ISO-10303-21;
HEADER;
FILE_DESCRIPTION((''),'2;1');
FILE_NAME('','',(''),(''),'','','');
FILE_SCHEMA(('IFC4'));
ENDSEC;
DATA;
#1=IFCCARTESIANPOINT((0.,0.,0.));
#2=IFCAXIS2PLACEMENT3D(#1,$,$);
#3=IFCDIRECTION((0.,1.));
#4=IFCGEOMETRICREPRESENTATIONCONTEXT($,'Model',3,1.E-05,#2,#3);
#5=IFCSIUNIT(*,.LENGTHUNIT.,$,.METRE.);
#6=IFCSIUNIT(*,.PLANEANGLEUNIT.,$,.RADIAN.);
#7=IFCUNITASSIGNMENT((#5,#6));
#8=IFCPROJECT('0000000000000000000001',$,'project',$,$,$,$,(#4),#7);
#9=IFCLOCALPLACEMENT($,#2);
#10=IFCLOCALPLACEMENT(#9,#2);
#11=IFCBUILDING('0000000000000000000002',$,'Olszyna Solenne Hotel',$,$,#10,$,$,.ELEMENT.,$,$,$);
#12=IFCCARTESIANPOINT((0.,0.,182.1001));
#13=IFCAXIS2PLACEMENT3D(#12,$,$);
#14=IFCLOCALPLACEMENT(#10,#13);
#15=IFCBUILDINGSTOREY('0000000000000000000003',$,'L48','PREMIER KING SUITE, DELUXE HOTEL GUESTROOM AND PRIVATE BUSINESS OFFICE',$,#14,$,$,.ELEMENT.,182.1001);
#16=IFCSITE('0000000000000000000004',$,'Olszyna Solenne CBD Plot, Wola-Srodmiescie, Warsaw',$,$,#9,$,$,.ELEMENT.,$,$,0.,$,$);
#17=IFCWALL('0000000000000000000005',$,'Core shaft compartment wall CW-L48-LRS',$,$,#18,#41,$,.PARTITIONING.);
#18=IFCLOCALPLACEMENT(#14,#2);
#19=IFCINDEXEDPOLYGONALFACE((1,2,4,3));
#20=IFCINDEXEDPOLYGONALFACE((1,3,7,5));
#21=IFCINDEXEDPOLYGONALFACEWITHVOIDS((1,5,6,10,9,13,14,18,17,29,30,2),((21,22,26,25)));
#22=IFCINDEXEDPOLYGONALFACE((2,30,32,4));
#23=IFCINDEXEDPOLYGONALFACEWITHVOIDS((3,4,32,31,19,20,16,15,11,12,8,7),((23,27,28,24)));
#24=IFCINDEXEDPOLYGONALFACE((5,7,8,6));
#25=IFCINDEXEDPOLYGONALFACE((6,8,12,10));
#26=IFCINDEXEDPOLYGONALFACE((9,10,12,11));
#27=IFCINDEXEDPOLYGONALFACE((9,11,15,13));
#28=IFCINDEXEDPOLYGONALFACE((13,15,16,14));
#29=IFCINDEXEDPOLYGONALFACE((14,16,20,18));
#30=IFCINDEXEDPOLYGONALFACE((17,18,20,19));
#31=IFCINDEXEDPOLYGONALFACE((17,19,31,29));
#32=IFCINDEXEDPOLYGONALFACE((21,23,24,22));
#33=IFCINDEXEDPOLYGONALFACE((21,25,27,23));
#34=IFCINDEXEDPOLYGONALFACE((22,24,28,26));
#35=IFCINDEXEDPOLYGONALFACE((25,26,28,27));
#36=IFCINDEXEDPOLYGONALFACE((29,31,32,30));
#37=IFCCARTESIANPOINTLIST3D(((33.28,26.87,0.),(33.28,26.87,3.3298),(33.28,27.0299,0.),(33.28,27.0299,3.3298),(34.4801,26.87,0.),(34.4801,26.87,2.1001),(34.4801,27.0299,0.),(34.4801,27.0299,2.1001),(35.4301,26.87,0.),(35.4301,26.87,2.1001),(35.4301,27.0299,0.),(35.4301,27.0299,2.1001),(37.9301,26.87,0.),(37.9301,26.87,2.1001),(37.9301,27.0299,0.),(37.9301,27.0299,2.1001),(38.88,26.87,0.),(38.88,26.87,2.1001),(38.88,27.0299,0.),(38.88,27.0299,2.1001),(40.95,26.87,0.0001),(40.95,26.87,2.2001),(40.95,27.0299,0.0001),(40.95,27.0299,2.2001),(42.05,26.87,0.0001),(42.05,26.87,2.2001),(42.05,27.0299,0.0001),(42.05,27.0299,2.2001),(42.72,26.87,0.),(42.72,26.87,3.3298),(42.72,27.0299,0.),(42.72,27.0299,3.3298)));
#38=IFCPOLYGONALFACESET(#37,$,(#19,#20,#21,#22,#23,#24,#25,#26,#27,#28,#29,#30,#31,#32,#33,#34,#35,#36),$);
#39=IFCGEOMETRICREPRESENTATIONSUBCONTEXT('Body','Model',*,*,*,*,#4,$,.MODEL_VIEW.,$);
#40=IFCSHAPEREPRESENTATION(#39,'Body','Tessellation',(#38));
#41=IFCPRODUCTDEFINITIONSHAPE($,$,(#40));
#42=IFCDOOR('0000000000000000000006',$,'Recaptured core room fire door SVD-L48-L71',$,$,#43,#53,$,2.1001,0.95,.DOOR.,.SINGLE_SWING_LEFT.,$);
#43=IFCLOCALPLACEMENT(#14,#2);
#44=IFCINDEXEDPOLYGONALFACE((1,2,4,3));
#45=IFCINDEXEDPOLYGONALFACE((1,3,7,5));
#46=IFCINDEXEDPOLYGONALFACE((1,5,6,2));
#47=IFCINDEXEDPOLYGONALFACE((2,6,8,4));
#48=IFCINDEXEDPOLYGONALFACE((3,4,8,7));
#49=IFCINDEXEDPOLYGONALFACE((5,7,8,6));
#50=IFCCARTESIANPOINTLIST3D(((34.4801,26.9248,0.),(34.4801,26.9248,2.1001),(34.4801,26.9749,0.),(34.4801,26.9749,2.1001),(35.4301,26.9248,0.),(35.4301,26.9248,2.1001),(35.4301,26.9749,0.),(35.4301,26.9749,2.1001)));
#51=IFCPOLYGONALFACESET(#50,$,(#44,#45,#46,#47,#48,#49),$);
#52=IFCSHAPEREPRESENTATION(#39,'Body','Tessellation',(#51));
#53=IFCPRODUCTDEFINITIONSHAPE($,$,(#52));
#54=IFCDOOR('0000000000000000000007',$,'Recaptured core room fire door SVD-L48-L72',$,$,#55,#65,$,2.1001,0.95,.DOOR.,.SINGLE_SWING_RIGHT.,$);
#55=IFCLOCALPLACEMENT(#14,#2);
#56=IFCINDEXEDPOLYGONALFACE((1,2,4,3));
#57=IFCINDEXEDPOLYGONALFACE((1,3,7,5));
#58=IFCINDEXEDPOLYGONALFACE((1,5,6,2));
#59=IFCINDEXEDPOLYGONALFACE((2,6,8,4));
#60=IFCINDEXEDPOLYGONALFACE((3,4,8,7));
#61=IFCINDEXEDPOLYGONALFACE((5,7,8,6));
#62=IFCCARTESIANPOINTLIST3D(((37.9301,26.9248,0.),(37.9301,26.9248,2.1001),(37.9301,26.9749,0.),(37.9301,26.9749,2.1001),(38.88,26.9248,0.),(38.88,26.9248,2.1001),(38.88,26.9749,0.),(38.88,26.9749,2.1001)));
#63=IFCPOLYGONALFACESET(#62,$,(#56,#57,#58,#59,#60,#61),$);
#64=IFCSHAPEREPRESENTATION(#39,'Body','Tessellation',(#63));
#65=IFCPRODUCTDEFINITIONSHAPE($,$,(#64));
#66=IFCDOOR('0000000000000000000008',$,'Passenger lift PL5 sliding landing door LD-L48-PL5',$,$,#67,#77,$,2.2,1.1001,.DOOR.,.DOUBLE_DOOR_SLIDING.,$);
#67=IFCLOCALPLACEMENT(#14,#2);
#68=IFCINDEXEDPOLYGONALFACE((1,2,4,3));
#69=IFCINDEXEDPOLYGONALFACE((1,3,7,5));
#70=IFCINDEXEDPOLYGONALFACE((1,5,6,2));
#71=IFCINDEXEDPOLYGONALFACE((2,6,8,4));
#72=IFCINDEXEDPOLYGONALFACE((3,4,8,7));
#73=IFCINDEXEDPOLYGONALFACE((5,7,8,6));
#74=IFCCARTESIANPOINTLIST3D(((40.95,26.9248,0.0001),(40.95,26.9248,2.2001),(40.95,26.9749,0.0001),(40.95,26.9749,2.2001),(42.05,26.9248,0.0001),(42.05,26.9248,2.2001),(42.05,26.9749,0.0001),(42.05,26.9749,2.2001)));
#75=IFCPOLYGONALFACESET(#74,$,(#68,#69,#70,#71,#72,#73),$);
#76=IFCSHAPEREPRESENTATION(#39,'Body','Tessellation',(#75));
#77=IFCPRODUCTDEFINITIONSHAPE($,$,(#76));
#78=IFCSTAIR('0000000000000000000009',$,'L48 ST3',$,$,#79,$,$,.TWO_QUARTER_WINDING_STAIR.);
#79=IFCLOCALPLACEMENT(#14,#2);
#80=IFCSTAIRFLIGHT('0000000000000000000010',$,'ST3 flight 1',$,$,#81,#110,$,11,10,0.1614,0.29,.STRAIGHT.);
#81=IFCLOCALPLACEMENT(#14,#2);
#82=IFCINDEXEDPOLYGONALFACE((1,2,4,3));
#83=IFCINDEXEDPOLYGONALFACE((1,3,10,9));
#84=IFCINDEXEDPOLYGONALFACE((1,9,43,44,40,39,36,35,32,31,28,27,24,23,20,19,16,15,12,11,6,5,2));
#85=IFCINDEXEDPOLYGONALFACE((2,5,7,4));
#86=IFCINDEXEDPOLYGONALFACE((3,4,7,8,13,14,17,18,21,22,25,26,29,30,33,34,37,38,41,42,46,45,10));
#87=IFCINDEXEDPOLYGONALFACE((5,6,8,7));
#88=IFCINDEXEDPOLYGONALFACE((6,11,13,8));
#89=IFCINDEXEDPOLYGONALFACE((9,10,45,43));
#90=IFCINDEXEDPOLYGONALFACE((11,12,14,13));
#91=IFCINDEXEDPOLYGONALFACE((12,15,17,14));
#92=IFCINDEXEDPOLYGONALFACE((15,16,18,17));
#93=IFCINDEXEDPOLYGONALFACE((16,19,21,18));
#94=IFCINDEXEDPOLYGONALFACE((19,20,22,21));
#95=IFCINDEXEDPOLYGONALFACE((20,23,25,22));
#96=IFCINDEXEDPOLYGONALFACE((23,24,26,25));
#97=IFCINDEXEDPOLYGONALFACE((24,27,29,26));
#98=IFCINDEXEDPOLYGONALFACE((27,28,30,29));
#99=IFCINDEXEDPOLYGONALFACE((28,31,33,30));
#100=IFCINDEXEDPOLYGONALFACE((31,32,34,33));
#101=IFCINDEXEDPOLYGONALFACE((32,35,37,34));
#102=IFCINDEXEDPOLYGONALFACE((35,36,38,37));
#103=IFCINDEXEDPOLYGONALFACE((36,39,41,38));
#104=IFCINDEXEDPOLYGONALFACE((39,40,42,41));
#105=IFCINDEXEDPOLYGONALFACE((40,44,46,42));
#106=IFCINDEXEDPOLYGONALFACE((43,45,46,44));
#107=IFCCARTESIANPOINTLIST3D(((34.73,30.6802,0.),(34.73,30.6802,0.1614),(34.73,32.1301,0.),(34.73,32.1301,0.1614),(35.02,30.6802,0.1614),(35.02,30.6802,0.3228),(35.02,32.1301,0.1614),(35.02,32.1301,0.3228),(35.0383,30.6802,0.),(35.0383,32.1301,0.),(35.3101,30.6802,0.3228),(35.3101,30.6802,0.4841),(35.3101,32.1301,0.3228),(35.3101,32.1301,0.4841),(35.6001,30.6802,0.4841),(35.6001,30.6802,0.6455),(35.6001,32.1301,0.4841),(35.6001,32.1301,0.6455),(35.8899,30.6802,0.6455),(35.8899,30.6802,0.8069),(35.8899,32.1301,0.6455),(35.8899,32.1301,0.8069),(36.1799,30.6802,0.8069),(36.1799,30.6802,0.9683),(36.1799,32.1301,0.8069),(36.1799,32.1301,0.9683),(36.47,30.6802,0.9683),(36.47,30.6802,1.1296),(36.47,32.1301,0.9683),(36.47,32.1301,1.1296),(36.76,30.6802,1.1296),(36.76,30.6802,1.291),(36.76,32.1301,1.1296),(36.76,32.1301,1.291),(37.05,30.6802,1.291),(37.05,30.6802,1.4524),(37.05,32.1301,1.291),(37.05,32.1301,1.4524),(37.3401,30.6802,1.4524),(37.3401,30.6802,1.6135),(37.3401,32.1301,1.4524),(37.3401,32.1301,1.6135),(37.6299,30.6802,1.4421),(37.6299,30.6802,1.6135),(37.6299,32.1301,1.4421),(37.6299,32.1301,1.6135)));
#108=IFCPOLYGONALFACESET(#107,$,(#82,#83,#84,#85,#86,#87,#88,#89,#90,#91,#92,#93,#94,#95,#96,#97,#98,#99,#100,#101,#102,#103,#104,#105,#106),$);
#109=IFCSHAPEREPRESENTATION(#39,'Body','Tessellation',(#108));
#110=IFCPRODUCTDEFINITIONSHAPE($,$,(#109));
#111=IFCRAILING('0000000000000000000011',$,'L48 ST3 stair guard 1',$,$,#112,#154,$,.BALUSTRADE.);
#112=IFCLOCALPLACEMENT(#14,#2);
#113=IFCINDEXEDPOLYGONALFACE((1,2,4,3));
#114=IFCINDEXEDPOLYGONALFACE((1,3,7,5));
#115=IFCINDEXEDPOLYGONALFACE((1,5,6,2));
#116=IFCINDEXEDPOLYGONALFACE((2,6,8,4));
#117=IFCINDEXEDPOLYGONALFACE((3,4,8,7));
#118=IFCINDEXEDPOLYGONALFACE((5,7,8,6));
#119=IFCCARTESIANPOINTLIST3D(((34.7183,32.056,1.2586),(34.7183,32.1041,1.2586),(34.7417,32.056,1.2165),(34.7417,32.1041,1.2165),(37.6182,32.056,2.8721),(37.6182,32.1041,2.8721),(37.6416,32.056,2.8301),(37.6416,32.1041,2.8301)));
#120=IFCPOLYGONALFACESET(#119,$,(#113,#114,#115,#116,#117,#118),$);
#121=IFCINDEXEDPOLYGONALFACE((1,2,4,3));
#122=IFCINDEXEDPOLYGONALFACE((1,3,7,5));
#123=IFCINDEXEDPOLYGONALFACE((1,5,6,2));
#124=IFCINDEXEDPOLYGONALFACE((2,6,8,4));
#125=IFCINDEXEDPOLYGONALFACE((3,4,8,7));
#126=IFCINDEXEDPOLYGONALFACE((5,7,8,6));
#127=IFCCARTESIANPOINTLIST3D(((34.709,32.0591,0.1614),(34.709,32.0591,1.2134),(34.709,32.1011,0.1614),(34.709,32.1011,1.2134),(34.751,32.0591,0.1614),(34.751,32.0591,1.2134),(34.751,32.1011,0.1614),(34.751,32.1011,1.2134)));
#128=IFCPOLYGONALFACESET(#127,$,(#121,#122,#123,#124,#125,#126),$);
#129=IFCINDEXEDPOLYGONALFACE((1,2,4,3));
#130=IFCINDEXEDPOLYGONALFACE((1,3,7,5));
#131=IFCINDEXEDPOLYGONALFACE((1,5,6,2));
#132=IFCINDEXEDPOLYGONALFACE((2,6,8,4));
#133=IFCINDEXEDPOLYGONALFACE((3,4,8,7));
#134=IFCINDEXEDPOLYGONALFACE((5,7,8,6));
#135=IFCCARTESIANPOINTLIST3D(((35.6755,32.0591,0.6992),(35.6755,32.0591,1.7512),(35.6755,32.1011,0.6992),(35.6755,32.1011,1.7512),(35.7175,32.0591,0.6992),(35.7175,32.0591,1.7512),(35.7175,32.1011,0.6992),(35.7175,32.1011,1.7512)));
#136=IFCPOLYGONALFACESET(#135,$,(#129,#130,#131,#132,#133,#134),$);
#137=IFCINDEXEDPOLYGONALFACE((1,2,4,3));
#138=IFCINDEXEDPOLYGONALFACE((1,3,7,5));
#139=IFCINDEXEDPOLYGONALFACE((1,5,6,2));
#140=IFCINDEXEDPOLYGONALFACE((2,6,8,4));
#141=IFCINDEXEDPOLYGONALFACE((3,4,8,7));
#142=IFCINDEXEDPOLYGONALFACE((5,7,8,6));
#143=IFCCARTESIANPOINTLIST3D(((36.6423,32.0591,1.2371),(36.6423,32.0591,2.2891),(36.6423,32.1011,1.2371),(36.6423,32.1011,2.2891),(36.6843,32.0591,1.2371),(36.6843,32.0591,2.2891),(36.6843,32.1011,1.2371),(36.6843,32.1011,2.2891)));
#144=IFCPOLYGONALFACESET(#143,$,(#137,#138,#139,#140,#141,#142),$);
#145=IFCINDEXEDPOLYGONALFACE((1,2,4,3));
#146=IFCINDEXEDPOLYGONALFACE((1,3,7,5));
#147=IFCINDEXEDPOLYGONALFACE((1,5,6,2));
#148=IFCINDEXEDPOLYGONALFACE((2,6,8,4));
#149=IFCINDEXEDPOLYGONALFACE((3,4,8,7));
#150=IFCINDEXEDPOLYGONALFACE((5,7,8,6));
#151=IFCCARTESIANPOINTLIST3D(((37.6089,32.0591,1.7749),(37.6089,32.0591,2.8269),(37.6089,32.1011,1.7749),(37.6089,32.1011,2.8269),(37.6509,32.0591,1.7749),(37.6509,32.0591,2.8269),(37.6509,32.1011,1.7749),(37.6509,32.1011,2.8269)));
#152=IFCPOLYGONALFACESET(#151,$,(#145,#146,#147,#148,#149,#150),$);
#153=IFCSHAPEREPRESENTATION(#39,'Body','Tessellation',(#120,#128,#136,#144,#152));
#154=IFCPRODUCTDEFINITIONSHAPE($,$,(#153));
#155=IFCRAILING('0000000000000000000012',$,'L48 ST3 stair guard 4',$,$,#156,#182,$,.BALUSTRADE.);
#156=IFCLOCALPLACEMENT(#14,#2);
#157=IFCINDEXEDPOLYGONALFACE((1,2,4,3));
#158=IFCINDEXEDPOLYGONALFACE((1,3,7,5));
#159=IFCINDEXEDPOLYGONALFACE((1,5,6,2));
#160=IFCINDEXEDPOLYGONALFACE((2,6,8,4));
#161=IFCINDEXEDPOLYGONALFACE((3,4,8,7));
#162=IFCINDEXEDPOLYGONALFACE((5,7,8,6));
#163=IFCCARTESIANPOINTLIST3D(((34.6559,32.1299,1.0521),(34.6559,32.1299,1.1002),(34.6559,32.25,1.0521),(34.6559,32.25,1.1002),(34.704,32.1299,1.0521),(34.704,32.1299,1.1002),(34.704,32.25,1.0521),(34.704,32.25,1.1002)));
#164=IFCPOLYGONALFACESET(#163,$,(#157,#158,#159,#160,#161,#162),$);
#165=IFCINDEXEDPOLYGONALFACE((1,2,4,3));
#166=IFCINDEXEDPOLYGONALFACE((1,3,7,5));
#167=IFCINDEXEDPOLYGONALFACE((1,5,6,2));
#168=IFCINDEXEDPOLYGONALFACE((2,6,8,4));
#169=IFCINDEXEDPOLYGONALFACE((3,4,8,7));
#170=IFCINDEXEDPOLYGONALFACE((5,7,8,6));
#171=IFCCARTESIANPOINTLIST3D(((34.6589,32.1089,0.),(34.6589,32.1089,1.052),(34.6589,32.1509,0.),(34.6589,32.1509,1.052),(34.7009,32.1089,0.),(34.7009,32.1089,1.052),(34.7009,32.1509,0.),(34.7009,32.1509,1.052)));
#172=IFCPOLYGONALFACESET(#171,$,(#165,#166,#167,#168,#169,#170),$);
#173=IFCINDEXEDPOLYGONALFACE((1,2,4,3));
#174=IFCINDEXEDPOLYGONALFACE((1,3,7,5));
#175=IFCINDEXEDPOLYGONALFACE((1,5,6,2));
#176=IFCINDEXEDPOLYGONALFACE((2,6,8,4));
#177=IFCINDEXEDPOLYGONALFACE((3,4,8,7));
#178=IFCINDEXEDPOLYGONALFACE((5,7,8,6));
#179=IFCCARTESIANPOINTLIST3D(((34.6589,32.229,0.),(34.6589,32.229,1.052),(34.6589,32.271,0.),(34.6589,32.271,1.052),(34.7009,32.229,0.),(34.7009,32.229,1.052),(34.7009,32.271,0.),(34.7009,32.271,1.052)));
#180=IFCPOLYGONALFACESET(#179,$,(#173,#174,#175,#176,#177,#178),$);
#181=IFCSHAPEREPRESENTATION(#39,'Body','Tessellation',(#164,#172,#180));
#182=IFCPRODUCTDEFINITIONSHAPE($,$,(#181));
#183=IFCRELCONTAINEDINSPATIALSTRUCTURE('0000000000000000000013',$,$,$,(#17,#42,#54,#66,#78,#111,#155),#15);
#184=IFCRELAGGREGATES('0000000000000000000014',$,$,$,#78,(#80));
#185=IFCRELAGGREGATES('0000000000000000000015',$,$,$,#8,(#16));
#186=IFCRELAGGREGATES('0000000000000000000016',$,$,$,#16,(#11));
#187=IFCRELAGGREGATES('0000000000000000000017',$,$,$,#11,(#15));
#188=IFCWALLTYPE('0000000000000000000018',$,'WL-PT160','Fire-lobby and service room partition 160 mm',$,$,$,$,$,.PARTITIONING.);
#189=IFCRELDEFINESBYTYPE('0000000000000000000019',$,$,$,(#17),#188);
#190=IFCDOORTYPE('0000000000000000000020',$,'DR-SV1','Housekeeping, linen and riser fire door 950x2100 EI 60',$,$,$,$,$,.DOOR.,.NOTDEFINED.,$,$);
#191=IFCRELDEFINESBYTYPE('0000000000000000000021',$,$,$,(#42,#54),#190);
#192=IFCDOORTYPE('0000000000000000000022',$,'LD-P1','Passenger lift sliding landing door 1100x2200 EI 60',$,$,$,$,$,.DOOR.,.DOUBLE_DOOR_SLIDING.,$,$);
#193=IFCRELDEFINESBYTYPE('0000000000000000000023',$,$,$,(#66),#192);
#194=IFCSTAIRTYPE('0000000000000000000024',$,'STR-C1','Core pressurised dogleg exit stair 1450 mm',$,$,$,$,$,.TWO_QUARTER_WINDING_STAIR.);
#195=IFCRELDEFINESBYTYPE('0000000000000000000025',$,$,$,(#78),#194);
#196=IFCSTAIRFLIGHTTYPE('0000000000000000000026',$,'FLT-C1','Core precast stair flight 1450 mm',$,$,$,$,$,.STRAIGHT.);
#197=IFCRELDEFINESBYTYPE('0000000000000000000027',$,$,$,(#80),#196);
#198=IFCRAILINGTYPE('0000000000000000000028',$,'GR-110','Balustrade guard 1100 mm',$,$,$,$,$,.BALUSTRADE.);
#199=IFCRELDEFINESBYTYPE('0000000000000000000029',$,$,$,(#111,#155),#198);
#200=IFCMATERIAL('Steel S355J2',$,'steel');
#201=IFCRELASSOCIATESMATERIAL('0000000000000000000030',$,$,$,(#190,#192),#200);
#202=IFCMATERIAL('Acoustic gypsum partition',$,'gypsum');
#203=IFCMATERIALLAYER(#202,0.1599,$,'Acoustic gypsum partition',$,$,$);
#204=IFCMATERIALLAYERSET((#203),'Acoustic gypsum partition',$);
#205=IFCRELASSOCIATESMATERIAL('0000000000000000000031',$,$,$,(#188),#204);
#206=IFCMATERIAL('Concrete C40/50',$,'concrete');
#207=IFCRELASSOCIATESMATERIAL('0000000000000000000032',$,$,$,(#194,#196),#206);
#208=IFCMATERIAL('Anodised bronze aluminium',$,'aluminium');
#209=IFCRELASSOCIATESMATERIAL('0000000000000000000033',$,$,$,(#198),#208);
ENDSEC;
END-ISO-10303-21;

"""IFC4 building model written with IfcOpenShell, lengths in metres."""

from ifc_helpers import new_model, si_unit, direction, frame, frame_2d, origin, origin_2d, place, context, subcontext, project, spatial, polyline, rectangle, outline, extrude, source, transform, mapped, material, layer, layer_set, type_object, type_shapes, element, fill, aggregate, save


model = new_model("IFC4")

# Units and contexts
model_context = context("Model", 3, precision=1e-05, world=origin(), true_north=direction((0.0, 1.0)))
body_context = subcontext(model_context, "Body", "Model", "MODEL_VIEW")
ifc_project = project(units=[si_unit("LENGTHUNIT", "METRE"), si_unit("PLANEANGLEUNIT", "RADIAN")], contexts=[model_context])

# Site, building, storey
site_placement = place(None, origin())
site = spatial("IfcSite", under=ifc_project, at=site_placement, Name="Olszyna Solenne CBD Plot, Wola-Srodmiescie, Warsaw", CompositionType="ELEMENT", RefElevation=0.0)
building_placement = place(site_placement, origin())
building = spatial("IfcBuilding", under=site, at=building_placement, Name="Olszyna Solenne Hotel", CompositionType="ELEMENT")
storey_placement = place(building_placement, frame((0.0, 0.0, 182.1001)))
storey = spatial("IfcBuildingStorey", under=building, at=storey_placement, Name="L48", Description="PREMIER KING SUITE, DELUXE HOTEL GUESTROOM AND PRIVATE BUSINESS OFFICE", CompositionType="ELEMENT", Elevation=182.1001)

# Shared definitions
ifc_material_1 = material(Name="Steel S355J2", Category="steel")
door_type_1 = type_object("IfcDoorType", Name="DR-SV1", Description="Housekeeping, linen and riser fire door 950x2100 EI 60", OperationType="NOTDEFINED", PredefinedType="DOOR", material=ifc_material_1)
shared_shape_1 = source(origin(), body_context, "Body", "SweptSolid", [
    extrude(rectangle(XDim=0.95, YDim=2.1001, at=frame_2d((0.4751, 1.05))), frame((0.0, 0.0249, 0.0), z_axis=(0.0, -1.0, 0.0), x_axis=(1.0, 0.0, 0.0)), (0.0, 0.0, 1.0), 0.05),
])
type_shapes(door_type_1, [shared_shape_1])

# Shared definitions
ifc_material_2 = material(Name="Acoustic gypsum partition", Category="gypsum")
ifc_layer_1 = layer(ifc_material_2, 0.1599, Name="Acoustic gypsum partition")
ifc_layer_set_1 = layer_set([ifc_layer_1], Name="Acoustic gypsum partition")
wall_type_1 = type_object("IfcWallType", Name="WL-PT160", Description="Fire-lobby and service room partition 160 mm", PredefinedType="PARTITIONING", material=ifc_layer_set_1)

# Wall, openings, doors
wall_1_placement = place(storey_placement, frame((33.28, 26.95, 0.0), z_axis=(0.0, 0.0, 1.0), x_axis=(1.0, 0.0, 0.0)))
wall_1 = element("IfcWall", 1, at=wall_1_placement, inside=storey, type_object=wall_type_1, Name="Core shaft compartment wall CW-L48-LRS", PredefinedType="PARTITIONING", context=body_context, shape_type="SweptSolid", body=[
    extrude(rectangle(XDim=9.4399, YDim=0.1599, at=frame_2d((4.72, 0.0))), origin(), (0.0, 0.0, 1.0), 3.3298),
])
opening_1_placement = place(wall_1_placement, frame((1.2, 0.0, 0.0)))
opening_1 = element("IfcOpeningElement", 2, at=opening_1_placement, cuts=wall_1, PredefinedType="OPENING", context=body_context, shape_type="SweptSolid", body=[
    extrude(rectangle(XDim=0.95, YDim=2.1001, at=frame_2d((0.4751, 1.05))), frame((0.0, 0.0898, 0.0), z_axis=(0.0, -1.0, 0.0), x_axis=(1.0, 0.0, 0.0)), (0.0, 0.0, 1.0), 0.1799),
])
opening_2_placement = place(wall_1_placement, frame((4.6499, 0.0, 0.0)))
opening_2 = element("IfcOpeningElement", 3, at=opening_2_placement, cuts=wall_1, PredefinedType="OPENING", context=body_context, shape_type="SweptSolid", body=[
    extrude(rectangle(XDim=0.95, YDim=2.1001, at=frame_2d((0.4751, 1.05))), frame((0.0, 0.0898, 0.0), z_axis=(0.0, -1.0, 0.0), x_axis=(1.0, 0.0, 0.0)), (0.0, 0.0, 1.0), 0.1799),
])
opening_3_placement = place(wall_1_placement, frame((7.6699, 0.0, 0.0)))
opening_3 = element("IfcOpeningElement", 4, at=opening_3_placement, cuts=wall_1, PredefinedType="OPENING", context=body_context, shape_type="SweptSolid", body=[
    extrude(rectangle(XDim=1.1001, YDim=2.2, at=frame_2d((0.55, 1.1001))), frame((0.0, 0.0898, 0.0), z_axis=(0.0, -1.0, 0.0), x_axis=(1.0, 0.0, 0.0)), (0.0, 0.0, 1.0), 0.1799),
])
door_1_placement = place(opening_1_placement, origin())
door_1 = element("IfcDoor", 5, at=door_1_placement, inside=storey, type_object=door_type_1, Name="Recaptured core room fire door SVD-L48-L71", OperationType="SINGLE_SWING_LEFT", OverallHeight=2.1001, OverallWidth=0.95, PredefinedType="DOOR", context=body_context, shape_type="MappedRepresentation", body=[
    mapped(shared_shape_1, transform((0.0, 0.0, 0.0), x_axis=(1.0, 0.0, 0.0), y_axis=(0.0, 1.0, 0.0), z_axis=(0.0, 0.0, 1.0), scale=1.0)),
])
fill(opening_1, door_1)
door_2_placement = place(opening_2_placement, origin())
door_2 = element("IfcDoor", 6, at=door_2_placement, inside=storey, type_object=door_type_1, Name="Recaptured core room fire door SVD-L48-L72", OperationType="SINGLE_SWING_RIGHT", OverallHeight=2.1001, OverallWidth=0.95, PredefinedType="DOOR", context=body_context, shape_type="MappedRepresentation", body=[
    mapped(shared_shape_1, transform((0.0, 0.0, 0.0), x_axis=(1.0, 0.0, 0.0), y_axis=(0.0, 1.0, 0.0), z_axis=(0.0, 0.0, 1.0), scale=1.0)),
])
fill(opening_2, door_2)
door_type_2 = type_object("IfcDoorType", Name="LD-P1", Description="Passenger lift sliding landing door 1100x2200 EI 60", OperationType="DOUBLE_DOOR_SLIDING", PredefinedType="DOOR", material=ifc_material_1)
shared_shape_2 = source(origin(), body_context, "Body", "SweptSolid", [
    extrude(rectangle(XDim=1.1001, YDim=2.2, at=frame_2d((0.55, 1.1001))), frame((0.0, 0.0249, 0.0), z_axis=(0.0, -1.0, 0.0), x_axis=(1.0, 0.0, 0.0)), (0.0, 0.0, 1.0), 0.05),
])
type_shapes(door_type_2, [shared_shape_2])
door_3_placement = place(opening_3_placement, origin())
door_3 = element("IfcDoor", 7, at=door_3_placement, inside=storey, type_object=door_type_2, Name="Passenger lift PL5 sliding landing door LD-L48-PL5", OperationType="DOUBLE_DOOR_SLIDING", OverallHeight=2.2, OverallWidth=1.1001, PredefinedType="DOOR", context=body_context, shape_type="MappedRepresentation", body=[
    mapped(shared_shape_2, transform((0.0, 0.0, 0.0), x_axis=(1.0, 0.0, 0.0), y_axis=(0.0, 1.0, 0.0), z_axis=(0.0, 0.0, 1.0), scale=1.0)),
])
fill(opening_3, door_3)

# Stair, stair flight
ifc_material_3 = material(Name="Concrete C40/50", Category="concrete")
stair_type = type_object("IfcStairType", Name="STR-C1", Description="Core pressurised dogleg exit stair 1450 mm", PredefinedType="TWO_QUARTER_WINDING_STAIR", material=ifc_material_3)
stair_placement = place(storey_placement, origin())
stair = element("IfcStair", 8, at=stair_placement, inside=storey, type_object=stair_type, Name="L48 ST3", PredefinedType="TWO_QUARTER_WINDING_STAIR")
stair_flight_type = type_object("IfcStairFlightType", Name="FLT-C1", Description="Core precast stair flight 1450 mm", PredefinedType="STRAIGHT", material=ifc_material_3)
stair_flight_placement = place(storey_placement, frame((34.73, 31.405, 0.0), z_axis=(0.0, 0.0, 1.0), x_axis=(1.0, 0.0, 0.0)))
stair_flight = element("IfcStairFlight", 9, at=stair_flight_placement, type_object=stair_flight_type, Name="ST3 flight 1", NumberOfRisers=11, NumberOfTreads=10, PredefinedType="STRAIGHT", RiserHeight=0.1614, TreadLength=0.29, context=body_context, shape_type="SweptSolid", body=[
    extrude(outline(polyline([(0.0, 0.0), (0.0, 0.1614), (0.29, 0.1614), (0.29, 0.3228), (0.5801, 0.3228), (0.5801, 0.4841), (0.8701, 0.4841), (0.8701, 0.6455), (1.1599, 0.6455), (1.1599, 0.8069), (1.45, 0.8069), (1.45, 0.9683), (1.74, 0.9683), (1.74, 1.1296), (2.03, 1.1296), (2.03, 1.291), (2.3201, 1.291), (2.3201, 1.4524), (2.6101, 1.4524), (2.6101, 1.6135), (2.8999, 1.6135), (2.8999, 1.7749), (2.8999, 1.4421), (0.3083, 0.0), (0.0, 0.0)])), frame((0.0, 0.7251, 0.0), z_axis=(0.0, -1.0, 0.0), x_axis=(1.0, 0.0, 0.0)), (0.0, 0.0, 1.0), 1.45),
])
aggregate(stair, [stair_flight])

# Railings
ifc_material_4 = material(Name="Anodised bronze aluminium", Category="aluminium")
railing_type_1 = type_object("IfcRailingType", Name="GR-110", Description="Balustrade guard 1100 mm", PredefinedType="BALUSTRADE", material=ifc_material_4)
railing_1_placement = place(storey_placement, frame((34.73, 32.0801, 0.1614)))
element("IfcRailing", 10, at=railing_1_placement, inside=storey, type_object=railing_type_1, Name="L48 ST3 stair guard 1", PredefinedType="BALUSTRADE", context=body_context, shape_type="SweptSolid", body=[
    extrude(rectangle(XDim=0.0481, YDim=0.0481, at=origin_2d()), frame((0.0, 0.0, 1.0762), z_axis=(0.873841, 0.0, 0.486211), x_axis=(0.0, 1.0, 0.0)), (0.0, 0.0, 1.0), 3.3186),
    extrude(rectangle(XDim=0.042, YDim=0.042, at=origin_2d()), origin(), (0.0, 0.0, 1.0), 1.052),
    extrude(rectangle(XDim=0.042, YDim=0.042, at=origin_2d()), frame((0.9666, 0.0, 0.5378)), (0.0, 0.0, 1.0), 1.052),
    extrude(rectangle(XDim=0.042, YDim=0.042, at=origin_2d()), frame((1.9333, 0.0, 1.0757)), (0.0, 0.0, 1.0), 1.052),
    extrude(rectangle(XDim=0.042, YDim=0.042, at=origin_2d()), frame((2.8999, 0.0, 1.6135)), (0.0, 0.0, 1.0), 1.052),
])
railing_2_placement = place(storey_placement, frame((34.6799, 32.1299, 0.0)))
element("IfcRailing", 11, at=railing_2_placement, inside=storey, type_object=railing_type_1, Name="L48 ST3 stair guard 4", PredefinedType="BALUSTRADE", context=body_context, shape_type="SweptSolid", body=[
    extrude(rectangle(XDim=0.0481, YDim=0.0481, at=origin_2d()), frame((0.0, 0.0, 1.0762), z_axis=(0.0, 1.0, 0.0), x_axis=(-1.0, 0.0, 0.0)), (0.0, 0.0, 1.0), 0.1201),
    extrude(rectangle(XDim=0.042, YDim=0.042, at=origin_2d()), origin(), (0.0, 0.0, 1.0), 1.052),
    extrude(rectangle(XDim=0.042, YDim=0.042, at=origin_2d()), frame((0.0, 0.1201, 0.0)), (0.0, 0.0, 1.0), 1.052),
])

save(model, "model.ifc")
